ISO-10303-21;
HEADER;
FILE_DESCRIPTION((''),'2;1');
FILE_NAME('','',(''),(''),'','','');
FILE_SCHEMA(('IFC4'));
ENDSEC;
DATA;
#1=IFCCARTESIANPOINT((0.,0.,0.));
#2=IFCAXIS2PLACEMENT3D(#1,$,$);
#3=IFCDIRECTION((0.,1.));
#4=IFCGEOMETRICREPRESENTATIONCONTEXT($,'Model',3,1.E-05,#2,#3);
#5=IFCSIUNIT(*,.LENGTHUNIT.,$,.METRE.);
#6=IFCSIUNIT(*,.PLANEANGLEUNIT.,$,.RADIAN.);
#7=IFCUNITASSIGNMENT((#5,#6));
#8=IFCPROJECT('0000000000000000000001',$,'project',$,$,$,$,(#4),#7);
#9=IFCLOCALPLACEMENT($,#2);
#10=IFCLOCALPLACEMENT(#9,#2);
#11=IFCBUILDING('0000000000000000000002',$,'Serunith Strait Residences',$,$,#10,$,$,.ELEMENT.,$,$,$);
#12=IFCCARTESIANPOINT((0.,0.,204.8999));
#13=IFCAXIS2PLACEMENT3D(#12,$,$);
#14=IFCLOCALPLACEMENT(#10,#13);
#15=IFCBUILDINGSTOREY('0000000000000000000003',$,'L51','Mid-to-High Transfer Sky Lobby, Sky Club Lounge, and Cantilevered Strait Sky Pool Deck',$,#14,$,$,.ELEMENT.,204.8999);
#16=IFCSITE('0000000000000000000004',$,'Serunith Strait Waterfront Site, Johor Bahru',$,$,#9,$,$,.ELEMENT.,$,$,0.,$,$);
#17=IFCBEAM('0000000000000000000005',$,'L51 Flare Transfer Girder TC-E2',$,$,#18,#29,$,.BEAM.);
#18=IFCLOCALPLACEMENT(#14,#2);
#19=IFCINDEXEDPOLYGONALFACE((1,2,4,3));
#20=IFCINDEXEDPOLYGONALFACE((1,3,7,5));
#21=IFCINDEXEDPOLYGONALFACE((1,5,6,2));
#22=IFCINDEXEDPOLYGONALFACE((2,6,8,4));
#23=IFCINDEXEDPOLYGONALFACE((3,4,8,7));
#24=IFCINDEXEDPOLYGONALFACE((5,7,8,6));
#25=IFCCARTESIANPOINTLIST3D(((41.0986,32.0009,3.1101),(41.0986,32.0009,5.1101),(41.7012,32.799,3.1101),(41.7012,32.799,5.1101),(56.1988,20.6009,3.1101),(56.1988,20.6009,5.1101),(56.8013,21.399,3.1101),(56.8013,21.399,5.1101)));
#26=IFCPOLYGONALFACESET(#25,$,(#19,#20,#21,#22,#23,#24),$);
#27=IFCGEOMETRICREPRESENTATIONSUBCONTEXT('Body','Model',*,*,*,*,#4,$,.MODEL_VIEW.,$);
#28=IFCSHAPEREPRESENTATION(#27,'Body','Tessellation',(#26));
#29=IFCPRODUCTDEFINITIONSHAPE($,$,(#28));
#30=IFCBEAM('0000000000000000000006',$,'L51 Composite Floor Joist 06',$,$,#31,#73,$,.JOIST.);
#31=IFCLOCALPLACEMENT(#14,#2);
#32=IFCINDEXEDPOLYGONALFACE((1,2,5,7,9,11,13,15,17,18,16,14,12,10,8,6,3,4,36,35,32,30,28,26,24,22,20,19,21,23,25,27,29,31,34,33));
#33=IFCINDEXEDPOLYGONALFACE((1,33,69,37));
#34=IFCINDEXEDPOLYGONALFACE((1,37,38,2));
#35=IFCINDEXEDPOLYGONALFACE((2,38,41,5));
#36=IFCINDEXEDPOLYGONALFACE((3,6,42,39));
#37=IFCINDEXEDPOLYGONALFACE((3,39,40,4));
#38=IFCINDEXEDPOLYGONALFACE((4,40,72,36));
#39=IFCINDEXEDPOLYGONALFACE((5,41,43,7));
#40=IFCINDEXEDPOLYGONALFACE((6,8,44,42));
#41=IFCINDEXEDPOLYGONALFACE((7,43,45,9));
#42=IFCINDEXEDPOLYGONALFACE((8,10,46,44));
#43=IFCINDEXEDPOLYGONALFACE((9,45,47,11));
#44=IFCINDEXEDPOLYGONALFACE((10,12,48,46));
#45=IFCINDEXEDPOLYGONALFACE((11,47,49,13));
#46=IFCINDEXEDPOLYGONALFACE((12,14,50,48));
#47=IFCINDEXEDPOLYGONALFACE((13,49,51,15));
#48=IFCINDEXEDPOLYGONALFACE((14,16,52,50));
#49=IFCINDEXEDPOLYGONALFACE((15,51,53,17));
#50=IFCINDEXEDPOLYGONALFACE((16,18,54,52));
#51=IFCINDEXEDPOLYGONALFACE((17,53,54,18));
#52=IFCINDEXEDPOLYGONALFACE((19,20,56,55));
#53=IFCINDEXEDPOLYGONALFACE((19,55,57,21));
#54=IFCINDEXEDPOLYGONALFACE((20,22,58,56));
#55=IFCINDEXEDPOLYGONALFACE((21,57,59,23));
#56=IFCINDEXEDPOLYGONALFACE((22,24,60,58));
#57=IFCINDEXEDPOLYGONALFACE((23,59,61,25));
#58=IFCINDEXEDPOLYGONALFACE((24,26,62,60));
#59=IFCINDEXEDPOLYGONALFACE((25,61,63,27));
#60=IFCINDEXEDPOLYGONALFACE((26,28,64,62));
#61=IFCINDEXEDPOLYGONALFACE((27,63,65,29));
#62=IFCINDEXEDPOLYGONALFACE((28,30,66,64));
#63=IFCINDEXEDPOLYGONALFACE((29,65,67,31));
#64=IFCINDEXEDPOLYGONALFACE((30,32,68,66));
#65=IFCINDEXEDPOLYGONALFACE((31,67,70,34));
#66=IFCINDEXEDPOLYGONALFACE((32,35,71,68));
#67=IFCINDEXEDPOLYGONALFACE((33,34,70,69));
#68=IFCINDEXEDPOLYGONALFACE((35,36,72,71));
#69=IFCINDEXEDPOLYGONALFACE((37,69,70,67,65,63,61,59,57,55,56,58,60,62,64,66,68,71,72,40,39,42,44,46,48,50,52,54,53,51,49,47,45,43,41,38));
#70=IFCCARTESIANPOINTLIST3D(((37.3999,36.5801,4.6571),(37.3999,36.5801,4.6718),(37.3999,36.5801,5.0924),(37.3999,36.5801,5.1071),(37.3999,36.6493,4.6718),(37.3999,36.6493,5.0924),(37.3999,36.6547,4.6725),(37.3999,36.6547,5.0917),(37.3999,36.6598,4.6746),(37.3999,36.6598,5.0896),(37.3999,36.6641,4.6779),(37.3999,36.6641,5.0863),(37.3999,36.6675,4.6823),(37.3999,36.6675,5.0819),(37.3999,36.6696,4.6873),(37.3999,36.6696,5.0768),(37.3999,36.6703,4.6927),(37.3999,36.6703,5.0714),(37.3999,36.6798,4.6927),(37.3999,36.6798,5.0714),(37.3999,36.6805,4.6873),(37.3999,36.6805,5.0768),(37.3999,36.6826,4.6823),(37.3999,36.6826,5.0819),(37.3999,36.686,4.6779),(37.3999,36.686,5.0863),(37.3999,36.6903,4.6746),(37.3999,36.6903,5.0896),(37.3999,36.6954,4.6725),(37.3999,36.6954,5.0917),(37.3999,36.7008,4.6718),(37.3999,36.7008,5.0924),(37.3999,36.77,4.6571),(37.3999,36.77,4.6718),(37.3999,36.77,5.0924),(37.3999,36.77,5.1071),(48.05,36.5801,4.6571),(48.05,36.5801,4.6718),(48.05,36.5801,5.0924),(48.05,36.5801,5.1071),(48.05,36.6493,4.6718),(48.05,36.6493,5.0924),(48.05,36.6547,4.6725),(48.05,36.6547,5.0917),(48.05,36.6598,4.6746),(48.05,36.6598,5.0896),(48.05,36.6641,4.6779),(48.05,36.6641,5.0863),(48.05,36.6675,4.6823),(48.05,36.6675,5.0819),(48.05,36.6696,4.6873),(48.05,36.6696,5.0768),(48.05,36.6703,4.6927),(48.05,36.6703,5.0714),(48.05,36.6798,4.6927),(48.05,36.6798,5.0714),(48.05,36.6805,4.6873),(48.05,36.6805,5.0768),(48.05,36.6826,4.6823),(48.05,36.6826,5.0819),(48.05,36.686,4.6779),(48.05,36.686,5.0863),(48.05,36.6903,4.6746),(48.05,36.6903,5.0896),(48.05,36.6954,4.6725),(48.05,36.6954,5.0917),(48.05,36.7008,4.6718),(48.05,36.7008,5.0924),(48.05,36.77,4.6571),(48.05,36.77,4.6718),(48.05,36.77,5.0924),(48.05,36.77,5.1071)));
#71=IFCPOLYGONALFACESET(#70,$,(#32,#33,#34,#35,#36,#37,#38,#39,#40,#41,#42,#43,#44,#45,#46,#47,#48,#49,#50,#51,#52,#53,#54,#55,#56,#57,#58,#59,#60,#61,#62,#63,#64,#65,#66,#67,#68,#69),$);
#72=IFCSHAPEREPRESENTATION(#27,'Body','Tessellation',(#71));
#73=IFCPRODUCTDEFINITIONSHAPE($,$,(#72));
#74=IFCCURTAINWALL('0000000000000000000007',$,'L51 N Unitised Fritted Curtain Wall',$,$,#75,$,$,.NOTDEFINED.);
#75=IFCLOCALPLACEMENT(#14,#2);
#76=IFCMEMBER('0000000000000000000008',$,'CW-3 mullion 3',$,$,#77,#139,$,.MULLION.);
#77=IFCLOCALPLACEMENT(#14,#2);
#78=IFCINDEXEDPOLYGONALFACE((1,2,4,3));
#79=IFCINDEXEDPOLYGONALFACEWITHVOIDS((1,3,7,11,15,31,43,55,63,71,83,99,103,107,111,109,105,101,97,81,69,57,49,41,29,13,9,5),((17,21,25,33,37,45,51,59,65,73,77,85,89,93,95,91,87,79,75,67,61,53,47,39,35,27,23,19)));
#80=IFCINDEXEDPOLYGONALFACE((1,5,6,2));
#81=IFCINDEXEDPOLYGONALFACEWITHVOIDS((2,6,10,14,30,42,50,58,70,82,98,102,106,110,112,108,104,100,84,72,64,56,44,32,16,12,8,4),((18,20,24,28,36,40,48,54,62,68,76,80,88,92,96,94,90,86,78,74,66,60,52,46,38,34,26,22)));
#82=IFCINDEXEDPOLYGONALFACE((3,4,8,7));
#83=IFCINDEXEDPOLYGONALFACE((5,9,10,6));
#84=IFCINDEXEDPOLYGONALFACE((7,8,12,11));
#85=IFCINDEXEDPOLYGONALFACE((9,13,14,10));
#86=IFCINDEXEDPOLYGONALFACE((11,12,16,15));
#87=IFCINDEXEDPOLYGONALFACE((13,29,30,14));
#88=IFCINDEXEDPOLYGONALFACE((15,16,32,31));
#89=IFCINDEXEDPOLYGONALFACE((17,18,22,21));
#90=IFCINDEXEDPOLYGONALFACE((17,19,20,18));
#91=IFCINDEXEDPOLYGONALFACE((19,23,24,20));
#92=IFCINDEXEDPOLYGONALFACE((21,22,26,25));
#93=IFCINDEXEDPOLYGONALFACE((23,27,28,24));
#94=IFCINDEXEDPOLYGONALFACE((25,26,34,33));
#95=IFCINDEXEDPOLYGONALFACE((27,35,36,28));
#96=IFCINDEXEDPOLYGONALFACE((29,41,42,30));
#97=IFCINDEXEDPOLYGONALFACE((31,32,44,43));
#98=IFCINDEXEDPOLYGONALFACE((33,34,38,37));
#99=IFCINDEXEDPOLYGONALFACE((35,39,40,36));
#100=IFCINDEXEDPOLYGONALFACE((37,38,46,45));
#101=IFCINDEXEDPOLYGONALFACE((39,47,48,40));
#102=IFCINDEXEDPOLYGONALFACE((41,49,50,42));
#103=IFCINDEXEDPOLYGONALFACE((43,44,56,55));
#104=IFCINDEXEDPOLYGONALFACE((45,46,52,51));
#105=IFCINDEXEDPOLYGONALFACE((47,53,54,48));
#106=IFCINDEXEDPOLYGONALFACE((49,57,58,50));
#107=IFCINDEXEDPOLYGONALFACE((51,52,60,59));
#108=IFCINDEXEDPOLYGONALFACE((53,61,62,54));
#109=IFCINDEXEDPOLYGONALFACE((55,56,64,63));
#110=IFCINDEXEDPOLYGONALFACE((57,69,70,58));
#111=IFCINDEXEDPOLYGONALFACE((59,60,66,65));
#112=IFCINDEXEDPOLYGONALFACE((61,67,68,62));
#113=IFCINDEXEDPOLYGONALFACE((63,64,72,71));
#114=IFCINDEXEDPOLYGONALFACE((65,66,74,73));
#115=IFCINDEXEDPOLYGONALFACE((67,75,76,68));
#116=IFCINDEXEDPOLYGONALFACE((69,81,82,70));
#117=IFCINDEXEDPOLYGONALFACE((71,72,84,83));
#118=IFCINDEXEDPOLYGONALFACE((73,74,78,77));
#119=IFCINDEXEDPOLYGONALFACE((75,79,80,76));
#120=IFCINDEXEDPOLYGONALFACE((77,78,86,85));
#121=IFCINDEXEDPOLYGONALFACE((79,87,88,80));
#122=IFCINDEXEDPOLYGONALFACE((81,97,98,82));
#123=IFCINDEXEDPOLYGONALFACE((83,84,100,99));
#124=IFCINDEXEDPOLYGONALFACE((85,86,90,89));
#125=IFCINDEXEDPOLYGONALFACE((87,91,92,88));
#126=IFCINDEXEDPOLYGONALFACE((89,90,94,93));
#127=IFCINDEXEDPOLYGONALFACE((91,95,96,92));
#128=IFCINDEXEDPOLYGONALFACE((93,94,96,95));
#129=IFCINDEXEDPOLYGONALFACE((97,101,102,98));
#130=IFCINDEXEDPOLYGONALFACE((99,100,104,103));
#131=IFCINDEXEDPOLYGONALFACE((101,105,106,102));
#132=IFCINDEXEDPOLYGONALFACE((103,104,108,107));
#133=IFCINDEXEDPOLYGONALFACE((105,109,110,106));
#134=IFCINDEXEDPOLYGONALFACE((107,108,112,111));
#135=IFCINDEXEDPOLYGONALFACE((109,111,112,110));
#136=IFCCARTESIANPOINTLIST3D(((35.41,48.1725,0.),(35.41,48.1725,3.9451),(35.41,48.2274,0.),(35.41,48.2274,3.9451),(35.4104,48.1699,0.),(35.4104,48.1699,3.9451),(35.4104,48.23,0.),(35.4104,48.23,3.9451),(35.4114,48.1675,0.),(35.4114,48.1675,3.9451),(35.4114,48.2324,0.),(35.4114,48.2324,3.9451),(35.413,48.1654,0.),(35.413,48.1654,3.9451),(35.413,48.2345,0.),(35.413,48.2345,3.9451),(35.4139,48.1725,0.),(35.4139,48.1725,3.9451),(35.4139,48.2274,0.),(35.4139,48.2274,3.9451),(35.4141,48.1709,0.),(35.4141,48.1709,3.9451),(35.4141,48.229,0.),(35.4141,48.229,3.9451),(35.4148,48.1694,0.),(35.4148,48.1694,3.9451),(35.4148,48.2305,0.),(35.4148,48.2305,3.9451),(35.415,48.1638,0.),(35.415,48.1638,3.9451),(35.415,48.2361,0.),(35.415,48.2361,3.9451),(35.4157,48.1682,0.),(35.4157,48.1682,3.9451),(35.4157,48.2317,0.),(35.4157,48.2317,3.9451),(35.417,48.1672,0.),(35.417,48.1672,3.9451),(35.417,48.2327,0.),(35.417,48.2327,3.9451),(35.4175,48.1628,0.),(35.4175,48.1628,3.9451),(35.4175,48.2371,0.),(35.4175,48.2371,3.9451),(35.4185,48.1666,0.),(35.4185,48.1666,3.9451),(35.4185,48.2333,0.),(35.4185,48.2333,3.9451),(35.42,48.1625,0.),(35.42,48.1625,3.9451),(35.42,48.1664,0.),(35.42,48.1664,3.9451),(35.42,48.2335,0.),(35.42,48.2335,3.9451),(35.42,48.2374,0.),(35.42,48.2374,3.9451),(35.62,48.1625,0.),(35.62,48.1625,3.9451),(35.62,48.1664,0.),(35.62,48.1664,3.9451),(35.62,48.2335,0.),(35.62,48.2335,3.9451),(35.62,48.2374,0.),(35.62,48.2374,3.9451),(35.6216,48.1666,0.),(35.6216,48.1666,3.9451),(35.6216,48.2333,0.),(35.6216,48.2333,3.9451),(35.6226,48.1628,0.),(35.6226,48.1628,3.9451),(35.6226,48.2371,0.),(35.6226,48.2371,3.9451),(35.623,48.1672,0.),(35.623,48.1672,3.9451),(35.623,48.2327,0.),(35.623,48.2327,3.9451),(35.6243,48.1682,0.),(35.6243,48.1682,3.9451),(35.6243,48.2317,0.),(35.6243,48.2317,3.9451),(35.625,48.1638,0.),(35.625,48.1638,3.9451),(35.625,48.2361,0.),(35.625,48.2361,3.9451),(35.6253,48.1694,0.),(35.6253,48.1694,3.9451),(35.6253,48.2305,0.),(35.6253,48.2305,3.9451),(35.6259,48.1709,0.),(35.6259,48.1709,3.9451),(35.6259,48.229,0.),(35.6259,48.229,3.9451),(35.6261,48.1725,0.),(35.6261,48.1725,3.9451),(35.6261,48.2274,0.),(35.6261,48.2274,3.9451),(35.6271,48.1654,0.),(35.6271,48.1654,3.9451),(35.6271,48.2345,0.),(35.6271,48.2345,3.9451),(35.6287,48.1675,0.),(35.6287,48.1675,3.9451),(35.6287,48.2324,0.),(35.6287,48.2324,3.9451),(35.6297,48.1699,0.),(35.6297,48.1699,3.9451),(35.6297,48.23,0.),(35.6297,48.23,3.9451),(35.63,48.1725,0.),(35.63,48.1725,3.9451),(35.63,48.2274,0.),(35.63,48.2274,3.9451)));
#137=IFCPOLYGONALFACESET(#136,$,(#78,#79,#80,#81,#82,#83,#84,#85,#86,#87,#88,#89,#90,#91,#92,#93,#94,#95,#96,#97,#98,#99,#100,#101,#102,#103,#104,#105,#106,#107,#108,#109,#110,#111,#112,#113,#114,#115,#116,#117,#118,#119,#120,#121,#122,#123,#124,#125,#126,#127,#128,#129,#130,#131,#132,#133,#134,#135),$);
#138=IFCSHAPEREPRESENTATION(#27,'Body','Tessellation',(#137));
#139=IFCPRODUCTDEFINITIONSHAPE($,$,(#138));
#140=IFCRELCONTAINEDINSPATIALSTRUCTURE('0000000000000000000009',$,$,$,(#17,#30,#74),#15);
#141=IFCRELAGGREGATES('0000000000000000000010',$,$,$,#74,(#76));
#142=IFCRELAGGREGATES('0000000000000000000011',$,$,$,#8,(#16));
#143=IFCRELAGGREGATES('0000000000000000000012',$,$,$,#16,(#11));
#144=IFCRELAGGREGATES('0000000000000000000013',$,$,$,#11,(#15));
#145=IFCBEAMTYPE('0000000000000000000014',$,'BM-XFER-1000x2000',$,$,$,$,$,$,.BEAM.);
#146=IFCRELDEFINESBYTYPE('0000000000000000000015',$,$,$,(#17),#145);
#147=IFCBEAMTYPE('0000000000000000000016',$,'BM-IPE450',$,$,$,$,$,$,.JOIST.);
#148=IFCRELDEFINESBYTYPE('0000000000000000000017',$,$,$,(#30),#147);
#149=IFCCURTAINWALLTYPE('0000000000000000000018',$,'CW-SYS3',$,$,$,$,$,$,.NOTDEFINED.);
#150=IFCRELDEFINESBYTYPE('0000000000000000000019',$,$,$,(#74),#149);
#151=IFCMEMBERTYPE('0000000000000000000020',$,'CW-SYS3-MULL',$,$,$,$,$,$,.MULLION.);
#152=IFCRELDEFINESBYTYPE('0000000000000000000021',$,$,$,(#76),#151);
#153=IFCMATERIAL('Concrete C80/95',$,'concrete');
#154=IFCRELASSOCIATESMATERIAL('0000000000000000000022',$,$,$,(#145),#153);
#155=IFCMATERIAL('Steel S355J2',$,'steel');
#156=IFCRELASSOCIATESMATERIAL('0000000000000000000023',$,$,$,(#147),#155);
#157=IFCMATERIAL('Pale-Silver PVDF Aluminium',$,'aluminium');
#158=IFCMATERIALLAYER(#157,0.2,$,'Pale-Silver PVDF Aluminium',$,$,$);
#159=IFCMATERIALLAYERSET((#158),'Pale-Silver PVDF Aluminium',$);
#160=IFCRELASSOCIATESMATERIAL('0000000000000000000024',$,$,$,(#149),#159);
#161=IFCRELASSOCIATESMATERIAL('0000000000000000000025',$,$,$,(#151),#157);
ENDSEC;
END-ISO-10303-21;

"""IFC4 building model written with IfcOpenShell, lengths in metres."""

from ifc_helpers import new_model, si_unit, direction, frame, origin, origin_2d, place, context, subcontext, project, spatial, rectangle, hollow_rectangle, i_section, extrude, source, transform, mapped, material, layer, layer_set, material_profile, profile_set, type_object, element, aggregate, save


model = new_model("IFC4")

# Units and contexts
model_context = context("Model", 3, precision=1e-05, world=origin(), true_north=direction((0.0, 1.0)))
body_context = subcontext(model_context, "Body", "Model", "MODEL_VIEW")
ifc_project = project(units=[si_unit("LENGTHUNIT", "METRE"), si_unit("PLANEANGLEUNIT", "RADIAN")], contexts=[model_context])

# Site, building, storey
site_placement = place(None, origin())
site = spatial("IfcSite", under=ifc_project, at=site_placement, Name="Serunith Strait Waterfront Site, Johor Bahru", CompositionType="ELEMENT", RefElevation=0.0)
building_placement = place(site_placement, origin())
building = spatial("IfcBuilding", under=site, at=building_placement, Name="Serunith Strait Residences", CompositionType="ELEMENT")
storey_placement = place(building_placement, frame((0.0, 0.0, 204.8999)))
storey = spatial("IfcBuildingStorey", under=building, at=storey_placement, Name="L51", Description="Mid-to-High Transfer Sky Lobby, Sky Club Lounge, and Cantilevered Strait Sky Pool Deck", CompositionType="ELEMENT", Elevation=204.8999)

# Shared definitions
ifc_material_1 = material(Name="Concrete C80/95", Category="concrete")

# Beams
ifc_material_2 = material(Name="Steel S355J2", Category="steel")
ifc_material_profile_1 = material_profile(ifc_material_1, rectangle(XDim=1.0, YDim=2.0, at=origin_2d()), Name="RC 1000x2000")
ifc_profile_set_1 = profile_set([ifc_material_profile_1], Name="Concrete C80/95")
beam_type_1 = type_object("IfcBeamType", Name="BM-XFER-1000x2000", PredefinedType="BEAM", material=ifc_profile_set_1)
shared_shape_1 = source(origin(), body_context, "Body", "SweptSolid", [
    extrude(rectangle(XDim=1.0, YDim=2.0, at=origin_2d()), origin(), (0.0, 0.0, 1.0), 18.9202),
])
beam_1_placement = place(storey_placement, frame((41.3999, 32.3999, 4.1101), z_axis=(0.798098, -0.602528, 0.0), x_axis=(0.602528, 0.798098, 0.0)))
element("IfcBeam", 1, at=beam_1_placement, inside=storey, type_object=beam_type_1, Name="L51 Flare Transfer Girder TC-E2", PredefinedType="BEAM", context=body_context, shape_type="MappedRepresentation", body=[
    mapped(shared_shape_1, transform((0.0, 0.0, 0.0), scale=1.0)),
])
ifc_material_profile_2 = material_profile(ifc_material_2, i_section(OverallWidth=0.1899, OverallDepth=0.45, WebThickness=0.0095, FlangeThickness=0.0146, FilletRadius=0.021, at=origin_2d()), Name="IPE 450")
ifc_profile_set_2 = profile_set([ifc_material_profile_2], Name="Steel S355J2")
beam_type_2 = type_object("IfcBeamType", Name="BM-IPE450", PredefinedType="JOIST", material=ifc_profile_set_2)
shared_shape_2 = source(origin(), body_context, "Body", "SweptSolid", [
    extrude(i_section(OverallWidth=0.1899, OverallDepth=0.45, WebThickness=0.0095, FlangeThickness=0.0146, FilletRadius=0.021, at=origin_2d()), origin(), (0.0, 0.0, 1.0), 10.6501),
])
beam_2_placement = place(storey_placement, frame((37.3999, 36.675, 4.8821), z_axis=(1.0, 0.0, 0.0), x_axis=(0.0, 1.0, 0.0)))
element("IfcBeam", 2, at=beam_2_placement, inside=storey, type_object=beam_type_2, Name="L51 Composite Floor Joist 06", PredefinedType="JOIST", context=body_context, shape_type="MappedRepresentation", body=[
    mapped(shared_shape_2, transform((0.0, 0.0, 0.0), scale=1.0)),
])

# Curtain wall, member
ifc_material_3 = material(Name="Pale-Silver PVDF Aluminium", Category="aluminium")
ifc_layer_1 = layer(ifc_material_3, 0.2, Name="Pale-Silver PVDF Aluminium")
ifc_layer_set_1 = layer_set([ifc_layer_1], Name="Pale-Silver PVDF Aluminium")
curtain_wall_type = type_object("IfcCurtainWallType", Name="CW-SYS3", PredefinedType="NOTDEFINED", material=ifc_layer_set_1)
curtain_wall_placement = place(storey_placement, origin())
curtain_wall = element("IfcCurtainWall", 3, at=curtain_wall_placement, inside=storey, type_object=curtain_wall_type, Name="L51 N Unitised Fritted Curtain Wall", PredefinedType="NOTDEFINED")
ifc_material_profile_3 = material_profile(ifc_material_3, hollow_rectangle(XDim=0.075, YDim=0.22, WallThickness=0.0039, InnerFilletRadius=0.0061, OuterFilletRadius=0.01, at=origin_2d()), Name="ALU 220x75x4")
ifc_profile_set_3 = profile_set([ifc_material_profile_3], Name="Pale-Silver PVDF Aluminium")
member_type_1 = type_object("IfcMemberType", Name="CW-SYS3-MULL", PredefinedType="MULLION", material=ifc_profile_set_3)
shared_shape_3 = source(origin(), body_context, "Body", "SweptSolid", [
    extrude(hollow_rectangle(XDim=0.075, YDim=0.22, WallThickness=0.0039, InnerFilletRadius=0.0061, OuterFilletRadius=0.01, at=origin_2d()), origin(), (0.0, 0.0, 1.0), 3.9451),
])
member_1_placement = place(storey_placement, frame((35.52, 48.2, 0.0), z_axis=(0.0, 0.0, 1.0), x_axis=(0.0, -1.0, 0.0)))
member_1 = element("IfcMember", 4, at=member_1_placement, type_object=member_type_1, Name="CW-3 mullion 3", PredefinedType="MULLION", context=body_context, shape_type="MappedRepresentation", body=[
    mapped(shared_shape_3, transform((0.0, 0.0, 0.0), scale=1.0)),
])
aggregate(curtain_wall, [member_1])

save(model, "model.ifc")
